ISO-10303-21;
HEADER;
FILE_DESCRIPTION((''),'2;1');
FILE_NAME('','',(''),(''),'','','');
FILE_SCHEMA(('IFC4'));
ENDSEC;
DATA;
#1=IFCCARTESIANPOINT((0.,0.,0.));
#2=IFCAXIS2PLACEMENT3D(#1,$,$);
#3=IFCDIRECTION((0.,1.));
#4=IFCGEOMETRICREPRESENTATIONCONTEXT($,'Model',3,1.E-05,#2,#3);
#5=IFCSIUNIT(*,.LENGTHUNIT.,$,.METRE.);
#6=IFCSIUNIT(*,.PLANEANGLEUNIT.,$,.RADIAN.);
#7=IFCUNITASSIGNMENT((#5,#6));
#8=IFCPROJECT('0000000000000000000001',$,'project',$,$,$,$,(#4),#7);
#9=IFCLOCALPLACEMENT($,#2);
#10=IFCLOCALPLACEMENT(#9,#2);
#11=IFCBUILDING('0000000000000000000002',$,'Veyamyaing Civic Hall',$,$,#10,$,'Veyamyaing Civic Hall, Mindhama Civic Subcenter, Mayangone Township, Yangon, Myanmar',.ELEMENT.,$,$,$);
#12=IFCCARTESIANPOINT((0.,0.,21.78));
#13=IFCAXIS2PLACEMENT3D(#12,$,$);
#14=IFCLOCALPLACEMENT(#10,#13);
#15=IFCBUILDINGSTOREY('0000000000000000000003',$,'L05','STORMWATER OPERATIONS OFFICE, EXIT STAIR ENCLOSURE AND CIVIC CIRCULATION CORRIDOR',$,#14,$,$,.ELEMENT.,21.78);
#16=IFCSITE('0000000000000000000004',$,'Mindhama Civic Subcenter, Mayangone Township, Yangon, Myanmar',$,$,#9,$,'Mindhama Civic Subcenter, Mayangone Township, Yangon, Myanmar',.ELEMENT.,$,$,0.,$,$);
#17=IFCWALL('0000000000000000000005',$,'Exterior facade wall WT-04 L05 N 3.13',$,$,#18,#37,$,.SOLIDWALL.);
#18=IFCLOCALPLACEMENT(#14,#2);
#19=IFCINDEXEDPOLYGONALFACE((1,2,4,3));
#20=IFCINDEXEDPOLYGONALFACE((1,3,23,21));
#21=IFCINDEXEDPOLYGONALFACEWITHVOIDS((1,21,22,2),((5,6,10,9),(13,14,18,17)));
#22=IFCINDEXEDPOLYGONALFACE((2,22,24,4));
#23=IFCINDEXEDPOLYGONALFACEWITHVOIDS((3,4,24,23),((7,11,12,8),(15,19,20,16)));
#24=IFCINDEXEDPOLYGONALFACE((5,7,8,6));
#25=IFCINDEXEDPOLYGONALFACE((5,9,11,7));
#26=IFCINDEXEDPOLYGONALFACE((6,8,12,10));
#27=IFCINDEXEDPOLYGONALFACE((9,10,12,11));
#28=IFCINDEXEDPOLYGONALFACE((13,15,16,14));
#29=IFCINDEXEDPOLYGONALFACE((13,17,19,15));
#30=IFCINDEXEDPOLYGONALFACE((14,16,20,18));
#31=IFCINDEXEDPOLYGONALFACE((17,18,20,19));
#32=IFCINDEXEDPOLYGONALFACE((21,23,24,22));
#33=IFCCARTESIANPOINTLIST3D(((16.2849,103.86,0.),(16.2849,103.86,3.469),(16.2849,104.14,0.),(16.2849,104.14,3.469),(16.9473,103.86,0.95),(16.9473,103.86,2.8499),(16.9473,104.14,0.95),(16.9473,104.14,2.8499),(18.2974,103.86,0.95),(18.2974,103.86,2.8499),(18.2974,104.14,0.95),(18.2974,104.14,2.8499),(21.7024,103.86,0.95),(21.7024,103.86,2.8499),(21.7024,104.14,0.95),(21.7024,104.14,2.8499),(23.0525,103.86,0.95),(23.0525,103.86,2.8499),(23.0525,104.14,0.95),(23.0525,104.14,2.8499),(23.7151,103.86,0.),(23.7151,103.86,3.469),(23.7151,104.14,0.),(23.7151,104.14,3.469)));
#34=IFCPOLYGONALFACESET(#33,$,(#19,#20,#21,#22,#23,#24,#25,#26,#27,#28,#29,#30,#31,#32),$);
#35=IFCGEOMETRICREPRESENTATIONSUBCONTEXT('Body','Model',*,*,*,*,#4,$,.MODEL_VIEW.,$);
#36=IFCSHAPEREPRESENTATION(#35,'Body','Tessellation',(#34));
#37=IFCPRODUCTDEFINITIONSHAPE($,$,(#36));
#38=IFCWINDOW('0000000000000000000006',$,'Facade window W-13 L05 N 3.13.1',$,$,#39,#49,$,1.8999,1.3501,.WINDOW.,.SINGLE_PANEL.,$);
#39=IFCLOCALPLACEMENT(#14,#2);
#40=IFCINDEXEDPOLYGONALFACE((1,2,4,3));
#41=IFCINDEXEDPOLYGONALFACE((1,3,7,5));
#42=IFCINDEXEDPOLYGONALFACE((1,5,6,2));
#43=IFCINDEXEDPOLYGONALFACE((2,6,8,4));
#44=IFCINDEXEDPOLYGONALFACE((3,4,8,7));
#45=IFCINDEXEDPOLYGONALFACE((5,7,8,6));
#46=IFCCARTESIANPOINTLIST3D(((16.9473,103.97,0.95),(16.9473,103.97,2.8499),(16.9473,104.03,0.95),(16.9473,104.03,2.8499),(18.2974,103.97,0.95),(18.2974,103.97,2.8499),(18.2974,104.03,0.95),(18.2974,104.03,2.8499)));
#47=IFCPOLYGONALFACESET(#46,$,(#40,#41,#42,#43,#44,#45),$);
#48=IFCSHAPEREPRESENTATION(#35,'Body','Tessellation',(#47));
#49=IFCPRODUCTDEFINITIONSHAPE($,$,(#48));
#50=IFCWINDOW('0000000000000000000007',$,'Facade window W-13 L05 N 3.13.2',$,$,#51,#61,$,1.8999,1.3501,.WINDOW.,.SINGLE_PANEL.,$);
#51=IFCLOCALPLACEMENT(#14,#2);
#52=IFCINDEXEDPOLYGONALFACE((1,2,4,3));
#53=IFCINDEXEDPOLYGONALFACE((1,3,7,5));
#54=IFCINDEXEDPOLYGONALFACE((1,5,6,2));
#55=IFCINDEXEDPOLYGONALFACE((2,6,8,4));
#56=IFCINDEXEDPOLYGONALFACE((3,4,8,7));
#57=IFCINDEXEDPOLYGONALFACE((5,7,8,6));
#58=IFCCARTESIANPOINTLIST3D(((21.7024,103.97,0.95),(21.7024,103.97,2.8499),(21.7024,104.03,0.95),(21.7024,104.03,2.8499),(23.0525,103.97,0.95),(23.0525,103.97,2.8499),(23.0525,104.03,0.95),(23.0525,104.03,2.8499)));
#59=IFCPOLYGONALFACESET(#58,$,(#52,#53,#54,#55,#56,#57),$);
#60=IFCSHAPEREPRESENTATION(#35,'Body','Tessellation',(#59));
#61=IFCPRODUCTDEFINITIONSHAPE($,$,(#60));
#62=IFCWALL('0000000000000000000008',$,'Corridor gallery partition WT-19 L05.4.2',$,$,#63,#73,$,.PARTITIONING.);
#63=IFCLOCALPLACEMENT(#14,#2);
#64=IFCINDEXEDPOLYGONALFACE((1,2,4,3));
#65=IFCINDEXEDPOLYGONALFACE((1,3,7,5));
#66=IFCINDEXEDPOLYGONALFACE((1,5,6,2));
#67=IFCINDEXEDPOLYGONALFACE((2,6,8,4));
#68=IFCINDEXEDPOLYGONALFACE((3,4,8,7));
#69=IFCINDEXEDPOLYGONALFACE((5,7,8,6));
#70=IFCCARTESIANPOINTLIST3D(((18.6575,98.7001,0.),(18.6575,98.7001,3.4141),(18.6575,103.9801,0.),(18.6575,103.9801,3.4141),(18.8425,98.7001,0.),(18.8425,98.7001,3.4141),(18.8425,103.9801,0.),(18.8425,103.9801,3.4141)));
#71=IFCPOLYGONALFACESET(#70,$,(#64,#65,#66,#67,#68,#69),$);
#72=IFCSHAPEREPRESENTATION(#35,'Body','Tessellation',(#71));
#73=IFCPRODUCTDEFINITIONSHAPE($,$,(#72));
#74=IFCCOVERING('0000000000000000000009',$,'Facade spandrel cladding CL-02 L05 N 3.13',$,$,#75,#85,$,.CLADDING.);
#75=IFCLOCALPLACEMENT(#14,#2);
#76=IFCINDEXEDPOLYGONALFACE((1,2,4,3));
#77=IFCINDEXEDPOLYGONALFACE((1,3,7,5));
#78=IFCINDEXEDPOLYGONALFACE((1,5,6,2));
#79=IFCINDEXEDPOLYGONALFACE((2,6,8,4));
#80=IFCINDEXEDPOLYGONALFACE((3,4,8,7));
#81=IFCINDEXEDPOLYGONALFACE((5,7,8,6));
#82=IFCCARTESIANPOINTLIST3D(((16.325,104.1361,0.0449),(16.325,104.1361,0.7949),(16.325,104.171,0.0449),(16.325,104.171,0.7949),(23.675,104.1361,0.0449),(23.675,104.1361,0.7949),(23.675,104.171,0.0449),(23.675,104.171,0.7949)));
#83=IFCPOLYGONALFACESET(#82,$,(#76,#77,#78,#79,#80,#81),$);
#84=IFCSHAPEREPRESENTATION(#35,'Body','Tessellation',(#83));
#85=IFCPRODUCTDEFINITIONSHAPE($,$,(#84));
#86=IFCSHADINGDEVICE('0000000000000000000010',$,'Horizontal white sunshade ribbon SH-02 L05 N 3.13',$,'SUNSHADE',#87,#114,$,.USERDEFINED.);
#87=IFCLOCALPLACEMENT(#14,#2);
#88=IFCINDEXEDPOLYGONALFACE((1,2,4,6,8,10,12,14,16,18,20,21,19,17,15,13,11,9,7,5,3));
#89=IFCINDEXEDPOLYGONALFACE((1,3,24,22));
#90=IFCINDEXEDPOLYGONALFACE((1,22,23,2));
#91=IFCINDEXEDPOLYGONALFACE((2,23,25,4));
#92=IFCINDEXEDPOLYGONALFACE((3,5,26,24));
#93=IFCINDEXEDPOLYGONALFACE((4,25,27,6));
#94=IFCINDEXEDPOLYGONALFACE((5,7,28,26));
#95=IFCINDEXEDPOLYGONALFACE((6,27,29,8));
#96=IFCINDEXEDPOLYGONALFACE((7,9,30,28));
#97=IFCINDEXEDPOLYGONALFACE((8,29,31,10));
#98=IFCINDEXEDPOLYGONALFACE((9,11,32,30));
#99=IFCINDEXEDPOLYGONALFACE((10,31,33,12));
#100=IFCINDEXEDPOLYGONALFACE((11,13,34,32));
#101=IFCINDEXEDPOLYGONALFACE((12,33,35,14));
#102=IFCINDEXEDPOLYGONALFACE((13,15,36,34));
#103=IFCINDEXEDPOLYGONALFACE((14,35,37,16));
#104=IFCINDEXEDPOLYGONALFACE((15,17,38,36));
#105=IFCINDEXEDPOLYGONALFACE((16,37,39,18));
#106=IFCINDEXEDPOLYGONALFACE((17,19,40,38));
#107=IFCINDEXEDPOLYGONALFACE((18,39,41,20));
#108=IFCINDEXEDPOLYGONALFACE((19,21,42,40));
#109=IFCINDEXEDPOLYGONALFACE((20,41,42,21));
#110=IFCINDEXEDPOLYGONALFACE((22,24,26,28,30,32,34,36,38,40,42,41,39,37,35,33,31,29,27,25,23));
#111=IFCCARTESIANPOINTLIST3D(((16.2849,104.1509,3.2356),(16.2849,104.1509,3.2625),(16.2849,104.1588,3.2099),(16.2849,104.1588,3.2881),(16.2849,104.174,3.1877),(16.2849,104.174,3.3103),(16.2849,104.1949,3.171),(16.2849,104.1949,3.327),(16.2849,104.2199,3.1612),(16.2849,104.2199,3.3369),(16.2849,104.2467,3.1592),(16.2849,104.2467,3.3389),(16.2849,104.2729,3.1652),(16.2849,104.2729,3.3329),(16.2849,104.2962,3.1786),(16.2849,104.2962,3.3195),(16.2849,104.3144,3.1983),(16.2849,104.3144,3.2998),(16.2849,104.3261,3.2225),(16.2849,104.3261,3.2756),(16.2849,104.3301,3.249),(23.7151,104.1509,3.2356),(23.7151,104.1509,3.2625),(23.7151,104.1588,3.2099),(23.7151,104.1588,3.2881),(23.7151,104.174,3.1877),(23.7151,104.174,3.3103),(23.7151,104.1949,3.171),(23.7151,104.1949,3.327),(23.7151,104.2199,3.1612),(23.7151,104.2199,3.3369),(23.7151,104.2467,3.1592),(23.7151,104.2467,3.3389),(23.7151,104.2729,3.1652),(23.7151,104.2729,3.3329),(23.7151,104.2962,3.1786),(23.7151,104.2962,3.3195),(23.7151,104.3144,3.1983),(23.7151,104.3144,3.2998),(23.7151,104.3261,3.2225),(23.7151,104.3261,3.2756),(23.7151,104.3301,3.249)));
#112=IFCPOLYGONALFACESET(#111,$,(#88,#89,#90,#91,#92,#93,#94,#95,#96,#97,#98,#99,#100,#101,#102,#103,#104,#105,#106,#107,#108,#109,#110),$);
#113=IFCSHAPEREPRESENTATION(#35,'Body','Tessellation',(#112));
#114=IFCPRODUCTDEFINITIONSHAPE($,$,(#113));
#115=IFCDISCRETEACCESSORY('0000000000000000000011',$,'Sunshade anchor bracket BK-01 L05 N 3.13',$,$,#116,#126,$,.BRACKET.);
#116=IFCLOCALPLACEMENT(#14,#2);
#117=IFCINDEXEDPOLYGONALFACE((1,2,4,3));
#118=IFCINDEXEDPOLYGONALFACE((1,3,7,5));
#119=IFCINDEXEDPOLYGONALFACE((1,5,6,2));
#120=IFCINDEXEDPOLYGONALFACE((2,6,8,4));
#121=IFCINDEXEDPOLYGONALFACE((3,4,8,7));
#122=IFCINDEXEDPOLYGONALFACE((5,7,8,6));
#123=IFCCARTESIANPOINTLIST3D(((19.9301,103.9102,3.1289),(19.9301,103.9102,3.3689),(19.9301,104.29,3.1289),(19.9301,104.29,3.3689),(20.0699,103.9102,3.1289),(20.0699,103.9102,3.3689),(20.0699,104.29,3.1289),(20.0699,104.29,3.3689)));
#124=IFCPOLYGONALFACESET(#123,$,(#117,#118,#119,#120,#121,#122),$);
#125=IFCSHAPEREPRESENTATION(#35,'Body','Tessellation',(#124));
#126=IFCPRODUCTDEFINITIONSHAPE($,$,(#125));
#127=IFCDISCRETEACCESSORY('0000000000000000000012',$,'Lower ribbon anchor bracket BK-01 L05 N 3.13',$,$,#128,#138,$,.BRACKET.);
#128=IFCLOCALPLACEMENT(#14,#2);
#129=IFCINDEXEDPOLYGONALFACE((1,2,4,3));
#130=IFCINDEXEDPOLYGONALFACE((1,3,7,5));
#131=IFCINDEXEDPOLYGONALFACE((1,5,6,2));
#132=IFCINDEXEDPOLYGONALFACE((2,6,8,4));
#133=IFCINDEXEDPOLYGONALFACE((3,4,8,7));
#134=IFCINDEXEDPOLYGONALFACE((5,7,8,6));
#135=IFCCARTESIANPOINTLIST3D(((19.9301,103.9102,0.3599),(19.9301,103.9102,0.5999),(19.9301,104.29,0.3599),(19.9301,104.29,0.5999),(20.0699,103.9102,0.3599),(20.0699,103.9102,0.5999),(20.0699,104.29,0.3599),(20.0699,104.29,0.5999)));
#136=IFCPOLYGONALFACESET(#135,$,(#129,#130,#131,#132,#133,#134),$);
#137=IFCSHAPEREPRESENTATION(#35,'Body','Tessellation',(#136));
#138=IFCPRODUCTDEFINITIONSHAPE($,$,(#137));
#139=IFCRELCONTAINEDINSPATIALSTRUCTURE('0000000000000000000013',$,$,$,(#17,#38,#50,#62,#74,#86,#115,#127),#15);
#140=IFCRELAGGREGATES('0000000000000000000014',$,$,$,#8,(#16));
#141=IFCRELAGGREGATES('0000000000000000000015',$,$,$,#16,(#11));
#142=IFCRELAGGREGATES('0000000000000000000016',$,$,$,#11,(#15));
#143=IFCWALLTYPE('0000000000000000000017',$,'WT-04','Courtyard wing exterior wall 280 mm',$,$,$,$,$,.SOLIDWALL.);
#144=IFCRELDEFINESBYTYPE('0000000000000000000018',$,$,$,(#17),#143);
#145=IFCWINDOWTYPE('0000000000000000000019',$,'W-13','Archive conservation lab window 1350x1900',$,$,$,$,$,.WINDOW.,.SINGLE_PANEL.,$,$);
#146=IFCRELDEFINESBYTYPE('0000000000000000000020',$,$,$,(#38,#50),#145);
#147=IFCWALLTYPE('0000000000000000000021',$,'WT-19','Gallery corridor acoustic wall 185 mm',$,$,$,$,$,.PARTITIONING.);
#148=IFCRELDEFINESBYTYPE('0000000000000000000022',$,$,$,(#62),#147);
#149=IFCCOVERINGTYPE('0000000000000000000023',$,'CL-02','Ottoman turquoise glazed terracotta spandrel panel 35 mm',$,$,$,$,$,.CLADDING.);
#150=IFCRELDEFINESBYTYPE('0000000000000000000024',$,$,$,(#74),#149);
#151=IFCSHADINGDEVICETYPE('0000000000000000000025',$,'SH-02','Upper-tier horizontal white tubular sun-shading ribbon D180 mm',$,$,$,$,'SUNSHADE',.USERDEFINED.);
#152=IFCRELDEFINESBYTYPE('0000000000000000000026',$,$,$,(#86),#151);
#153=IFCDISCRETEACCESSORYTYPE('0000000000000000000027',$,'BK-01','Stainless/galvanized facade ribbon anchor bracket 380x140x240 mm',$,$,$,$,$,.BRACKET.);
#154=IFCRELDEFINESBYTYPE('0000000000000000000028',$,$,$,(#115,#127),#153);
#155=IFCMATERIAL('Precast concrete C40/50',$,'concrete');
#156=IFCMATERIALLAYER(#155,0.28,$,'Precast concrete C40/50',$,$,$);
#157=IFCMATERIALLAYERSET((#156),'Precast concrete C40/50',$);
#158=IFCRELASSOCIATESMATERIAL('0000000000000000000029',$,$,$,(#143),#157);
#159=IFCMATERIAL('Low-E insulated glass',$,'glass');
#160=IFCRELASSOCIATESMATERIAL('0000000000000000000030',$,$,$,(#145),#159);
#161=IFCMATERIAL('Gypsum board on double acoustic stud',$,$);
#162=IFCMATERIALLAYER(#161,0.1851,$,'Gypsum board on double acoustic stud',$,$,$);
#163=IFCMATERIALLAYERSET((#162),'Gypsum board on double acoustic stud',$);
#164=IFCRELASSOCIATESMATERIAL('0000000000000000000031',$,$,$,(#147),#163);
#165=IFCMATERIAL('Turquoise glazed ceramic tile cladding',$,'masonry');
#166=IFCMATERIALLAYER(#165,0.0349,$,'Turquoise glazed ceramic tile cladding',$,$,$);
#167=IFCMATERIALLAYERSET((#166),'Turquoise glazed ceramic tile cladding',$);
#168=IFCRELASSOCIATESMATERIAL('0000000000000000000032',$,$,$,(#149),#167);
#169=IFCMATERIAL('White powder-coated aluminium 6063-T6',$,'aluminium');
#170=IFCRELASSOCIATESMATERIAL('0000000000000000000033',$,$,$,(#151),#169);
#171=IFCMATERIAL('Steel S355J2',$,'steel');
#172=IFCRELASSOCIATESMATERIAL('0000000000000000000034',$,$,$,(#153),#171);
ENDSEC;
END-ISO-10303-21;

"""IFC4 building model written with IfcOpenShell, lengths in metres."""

from ifc_helpers import new_model, si_unit, direction, frame, frame_2d, origin, origin_2d, place, context, subcontext, project, spatial, rectangle, circle, extrude, material, layer, layer_set, material_profile, profile_set, type_object, element, fill, save


model = new_model("IFC4")

# Units and contexts
model_context = context("Model", 3, precision=1e-05, world=origin(), true_north=direction((0.0, 1.0)))
body_context = subcontext(model_context, "Body", "Model", "MODEL_VIEW")
ifc_project = project(units=[si_unit("LENGTHUNIT", "METRE"), si_unit("PLANEANGLEUNIT", "RADIAN")], contexts=[model_context])

# Site, building, storey
site_placement = place(None, origin())
site = spatial("IfcSite", under=ifc_project, at=site_placement, Name="Mindhama Civic Subcenter, Mayangone Township, Yangon, Myanmar", LongName="Mindhama Civic Subcenter, Mayangone Township, Yangon, Myanmar", CompositionType="ELEMENT", RefElevation=0.0)
building_placement = place(site_placement, origin())
building = spatial("IfcBuilding", under=site, at=building_placement, Name="Veyamyaing Civic Hall", LongName="Veyamyaing Civic Hall, Mindhama Civic Subcenter, Mayangone Township, Yangon, Myanmar", CompositionType="ELEMENT")
storey_placement = place(building_placement, frame((0.0, 0.0, 21.78)))
storey = spatial("IfcBuildingStorey", under=building, at=storey_placement, Name="L05", Description="STORMWATER OPERATIONS OFFICE, EXIT STAIR ENCLOSURE AND CIVIC CIRCULATION CORRIDOR", CompositionType="ELEMENT", Elevation=21.78)

# Shared definitions
ifc_material_1 = material(Name="Low-E insulated glass", Category="glass")

# Wall, openings, windows
ifc_material_2 = material(Name="Precast concrete C40/50", Category="concrete")
ifc_layer_1 = layer(ifc_material_2, 0.28, Name="Precast concrete C40/50")
ifc_layer_set_1 = layer_set([ifc_layer_1], Name="Precast concrete C40/50")
wall_type_1 = type_object("IfcWallType", Name="WT-04", Description="Courtyard wing exterior wall 280 mm", PredefinedType="SOLIDWALL", material=ifc_layer_set_1)
wall_1_placement = place(storey_placement, frame((16.2849, 104.0, 0.0), z_axis=(0.0, 0.0, 1.0), x_axis=(1.0, 0.0, 0.0)))
wall_1 = element("IfcWall", 1, at=wall_1_placement, inside=storey, type_object=wall_type_1, Name="Exterior facade wall WT-04 L05 N 3.13", PredefinedType="SOLIDWALL", context=body_context, shape_type="SweptSolid", body=[
    extrude(rectangle(XDim=7.4302, YDim=0.28, at=frame_2d((3.7151, 0.0))), origin(), (0.0, 0.0, 1.0), 3.469),
])
opening_1_placement = place(wall_1_placement, frame((0.6624, 0.0, 0.95)))
opening_1 = element("IfcOpeningElement", 2, at=opening_1_placement, cuts=wall_1, PredefinedType="OPENING", context=body_context, shape_type="SweptSolid", body=[
    extrude(rectangle(XDim=1.3501, YDim=1.8999, at=frame_2d((0.675, 0.95))), frame((0.0, 0.1499, 0.0), z_axis=(0.0, -1.0, 0.0), x_axis=(1.0, 0.0, 0.0)), (0.0, 0.0, 1.0), 0.3),
])
opening_2_placement = place(wall_1_placement, frame((5.4175, 0.0, 0.95)))
opening_2 = element("IfcOpeningElement", 3, at=opening_2_placement, cuts=wall_1, PredefinedType="OPENING", context=body_context, shape_type="SweptSolid", body=[
    extrude(rectangle(XDim=1.3501, YDim=1.8999, at=frame_2d((0.675, 0.95))), frame((0.0, 0.1499, 0.0), z_axis=(0.0, -1.0, 0.0), x_axis=(1.0, 0.0, 0.0)), (0.0, 0.0, 1.0), 0.3),
])
window_type = type_object("IfcWindowType", Name="W-13", Description="Archive conservation lab window 1350x1900", PartitioningType="SINGLE_PANEL", PredefinedType="WINDOW", material=ifc_material_1)
window_1_placement = place(opening_1_placement, origin())
window_1 = element("IfcWindow", 4, at=window_1_placement, inside=storey, type_object=window_type, Name="Facade window W-13 L05 N 3.13.1", OverallHeight=1.8999, OverallWidth=1.3501, PartitioningType="SINGLE_PANEL", PredefinedType="WINDOW", context=body_context, shape_type="SweptSolid", body=[
    extrude(rectangle(XDim=1.3501, YDim=1.8999, at=frame_2d((0.675, 0.95))), frame((0.0, 0.03, 0.0), z_axis=(0.0, -1.0, 0.0), x_axis=(1.0, 0.0, 0.0)), (0.0, 0.0, 1.0), 0.0601),
])
fill(opening_1, window_1)
window_2_placement = place(opening_2_placement, origin())
window_2 = element("IfcWindow", 5, at=window_2_placement, inside=storey, type_object=window_type, Name="Facade window W-13 L05 N 3.13.2", OverallHeight=1.8999, OverallWidth=1.3501, PartitioningType="SINGLE_PANEL", PredefinedType="WINDOW", context=body_context, shape_type="SweptSolid", body=[
    extrude(rectangle(XDim=1.3501, YDim=1.8999, at=frame_2d((0.675, 0.95))), frame((0.0, 0.03, 0.0), z_axis=(0.0, -1.0, 0.0), x_axis=(1.0, 0.0, 0.0)), (0.0, 0.0, 1.0), 0.0601),
])
fill(opening_2, window_2)

# Shared definitions
ifc_material_3 = material(Name="Gypsum board on double acoustic stud")
ifc_layer_2 = layer(ifc_material_3, 0.1851, Name="Gypsum board on double acoustic stud")
ifc_layer_set_2 = layer_set([ifc_layer_2], Name="Gypsum board on double acoustic stud")
wall_type_2 = type_object("IfcWallType", Name="WT-19", Description="Gallery corridor acoustic wall 185 mm", PredefinedType="PARTITIONING", material=ifc_layer_set_2)

# Wall
wall_2_placement = place(storey_placement, frame((18.75, 98.7, 0.0), z_axis=(0.0, 0.0, 1.0), x_axis=(0.0, 1.0, 0.0)))
element("IfcWall", 6, at=wall_2_placement, inside=storey, type_object=wall_type_2, Name="Corridor gallery partition WT-19 L05.4.2", PredefinedType="PARTITIONING", context=body_context, shape_type="SweptSolid", body=[
    extrude(rectangle(XDim=5.28, YDim=0.1851, at=frame_2d((2.6401, 0.0))), origin(), (0.0, 0.0, 1.0), 3.4141),
])

# Covering
ifc_material_4 = material(Name="Turquoise glazed ceramic tile cladding", Category="masonry")
ifc_layer_3 = layer(ifc_material_4, 0.0349, Name="Turquoise glazed ceramic tile cladding")
ifc_layer_set_3 = layer_set([ifc_layer_3], Name="Turquoise glazed ceramic tile cladding")
covering_type = type_object("IfcCoveringType", Name="CL-02", Description="Ottoman turquoise glazed terracotta spandrel panel 35 mm", PredefinedType="CLADDING", material=ifc_layer_set_3)
covering_placement = place(storey_placement, frame((20.0, 104.1536, 0.0449), z_axis=(0.0, 0.0, 1.0), x_axis=(1.0, 0.0, 0.0)))
element("IfcCovering", 7, at=covering_placement, inside=storey, type_object=covering_type, Name="Facade spandrel cladding CL-02 L05 N 3.13", PredefinedType="CLADDING", context=body_context, shape_type="SweptSolid", body=[
    extrude(rectangle(XDim=7.3501, YDim=0.0349, at=origin_2d()), origin(), (0.0, 0.0, 1.0), 0.75),
])

# Shading device
ifc_material_5 = material(Name="White powder-coated aluminium 6063-T6", Category="aluminium")
ifc_material_profile_1 = material_profile(ifc_material_5, circle(Radius=0.0901, at=origin_2d()), Name="SHADE-TUBE-180")
ifc_profile_set_1 = profile_set([ifc_material_profile_1], Name="White powder-coated aluminium 6063-T6")
shading_device_type = type_object("IfcShadingDeviceType", Name="SH-02", Description="Upper-tier horizontal white tubular sun-shading ribbon D180 mm", ElementType="SUNSHADE", PredefinedType="USERDEFINED", material=ifc_profile_set_1)
shading_device_placement = place(storey_placement, frame((16.2849, 104.24, 3.249), z_axis=(1.0, 0.0, 0.0), x_axis=(0.0, 1.0, 0.0)))
element("IfcShadingDevice", 8, at=shading_device_placement, inside=storey, type_object=shading_device_type, Name="Horizontal white sunshade ribbon SH-02 L05 N 3.13", ObjectType="SUNSHADE", PredefinedType="USERDEFINED", context=body_context, shape_type="SweptSolid", body=[
    extrude(circle(Radius=0.0901, at=origin_2d()), origin(), (0.0, 0.0, 1.0), 7.4302),
])

# Discrete accessories
ifc_material_6 = material(Name="Steel S355J2", Category="steel")
discrete_accessory_type = type_object("IfcDiscreteAccessoryType", Name="BK-01", Description="Stainless/galvanized facade ribbon anchor bracket 380x140x240 mm", PredefinedType="BRACKET", material=ifc_material_6)
for number, where, z_axis, x_axis, name in (
    (9, (20.0, 104.1001, 3.1289), (0.0, 0.0, 1.0), (0.0, 1.0, 0.0), "Sunshade anchor bracket BK-01 L05 N 3.13"),
    (10, (20.0, 104.1001, 0.3599), (0.0, 0.0, 1.0), (0.0, 1.0, 0.0), "Lower ribbon anchor bracket BK-01 L05 N 3.13"),
):
    element("IfcDiscreteAccessory", number, at=place(storey_placement, frame(where, z_axis=z_axis, x_axis=x_axis)), inside=storey, type_object=discrete_accessory_type, Name=name, PredefinedType="BRACKET", context=body_context, shape_type="SweptSolid", body=[
        extrude(rectangle(XDim=0.3799, YDim=0.1399, at=origin_2d()), origin(), (0.0, 0.0, 1.0), 0.24),
    ])

save(model, "model.ifc")
